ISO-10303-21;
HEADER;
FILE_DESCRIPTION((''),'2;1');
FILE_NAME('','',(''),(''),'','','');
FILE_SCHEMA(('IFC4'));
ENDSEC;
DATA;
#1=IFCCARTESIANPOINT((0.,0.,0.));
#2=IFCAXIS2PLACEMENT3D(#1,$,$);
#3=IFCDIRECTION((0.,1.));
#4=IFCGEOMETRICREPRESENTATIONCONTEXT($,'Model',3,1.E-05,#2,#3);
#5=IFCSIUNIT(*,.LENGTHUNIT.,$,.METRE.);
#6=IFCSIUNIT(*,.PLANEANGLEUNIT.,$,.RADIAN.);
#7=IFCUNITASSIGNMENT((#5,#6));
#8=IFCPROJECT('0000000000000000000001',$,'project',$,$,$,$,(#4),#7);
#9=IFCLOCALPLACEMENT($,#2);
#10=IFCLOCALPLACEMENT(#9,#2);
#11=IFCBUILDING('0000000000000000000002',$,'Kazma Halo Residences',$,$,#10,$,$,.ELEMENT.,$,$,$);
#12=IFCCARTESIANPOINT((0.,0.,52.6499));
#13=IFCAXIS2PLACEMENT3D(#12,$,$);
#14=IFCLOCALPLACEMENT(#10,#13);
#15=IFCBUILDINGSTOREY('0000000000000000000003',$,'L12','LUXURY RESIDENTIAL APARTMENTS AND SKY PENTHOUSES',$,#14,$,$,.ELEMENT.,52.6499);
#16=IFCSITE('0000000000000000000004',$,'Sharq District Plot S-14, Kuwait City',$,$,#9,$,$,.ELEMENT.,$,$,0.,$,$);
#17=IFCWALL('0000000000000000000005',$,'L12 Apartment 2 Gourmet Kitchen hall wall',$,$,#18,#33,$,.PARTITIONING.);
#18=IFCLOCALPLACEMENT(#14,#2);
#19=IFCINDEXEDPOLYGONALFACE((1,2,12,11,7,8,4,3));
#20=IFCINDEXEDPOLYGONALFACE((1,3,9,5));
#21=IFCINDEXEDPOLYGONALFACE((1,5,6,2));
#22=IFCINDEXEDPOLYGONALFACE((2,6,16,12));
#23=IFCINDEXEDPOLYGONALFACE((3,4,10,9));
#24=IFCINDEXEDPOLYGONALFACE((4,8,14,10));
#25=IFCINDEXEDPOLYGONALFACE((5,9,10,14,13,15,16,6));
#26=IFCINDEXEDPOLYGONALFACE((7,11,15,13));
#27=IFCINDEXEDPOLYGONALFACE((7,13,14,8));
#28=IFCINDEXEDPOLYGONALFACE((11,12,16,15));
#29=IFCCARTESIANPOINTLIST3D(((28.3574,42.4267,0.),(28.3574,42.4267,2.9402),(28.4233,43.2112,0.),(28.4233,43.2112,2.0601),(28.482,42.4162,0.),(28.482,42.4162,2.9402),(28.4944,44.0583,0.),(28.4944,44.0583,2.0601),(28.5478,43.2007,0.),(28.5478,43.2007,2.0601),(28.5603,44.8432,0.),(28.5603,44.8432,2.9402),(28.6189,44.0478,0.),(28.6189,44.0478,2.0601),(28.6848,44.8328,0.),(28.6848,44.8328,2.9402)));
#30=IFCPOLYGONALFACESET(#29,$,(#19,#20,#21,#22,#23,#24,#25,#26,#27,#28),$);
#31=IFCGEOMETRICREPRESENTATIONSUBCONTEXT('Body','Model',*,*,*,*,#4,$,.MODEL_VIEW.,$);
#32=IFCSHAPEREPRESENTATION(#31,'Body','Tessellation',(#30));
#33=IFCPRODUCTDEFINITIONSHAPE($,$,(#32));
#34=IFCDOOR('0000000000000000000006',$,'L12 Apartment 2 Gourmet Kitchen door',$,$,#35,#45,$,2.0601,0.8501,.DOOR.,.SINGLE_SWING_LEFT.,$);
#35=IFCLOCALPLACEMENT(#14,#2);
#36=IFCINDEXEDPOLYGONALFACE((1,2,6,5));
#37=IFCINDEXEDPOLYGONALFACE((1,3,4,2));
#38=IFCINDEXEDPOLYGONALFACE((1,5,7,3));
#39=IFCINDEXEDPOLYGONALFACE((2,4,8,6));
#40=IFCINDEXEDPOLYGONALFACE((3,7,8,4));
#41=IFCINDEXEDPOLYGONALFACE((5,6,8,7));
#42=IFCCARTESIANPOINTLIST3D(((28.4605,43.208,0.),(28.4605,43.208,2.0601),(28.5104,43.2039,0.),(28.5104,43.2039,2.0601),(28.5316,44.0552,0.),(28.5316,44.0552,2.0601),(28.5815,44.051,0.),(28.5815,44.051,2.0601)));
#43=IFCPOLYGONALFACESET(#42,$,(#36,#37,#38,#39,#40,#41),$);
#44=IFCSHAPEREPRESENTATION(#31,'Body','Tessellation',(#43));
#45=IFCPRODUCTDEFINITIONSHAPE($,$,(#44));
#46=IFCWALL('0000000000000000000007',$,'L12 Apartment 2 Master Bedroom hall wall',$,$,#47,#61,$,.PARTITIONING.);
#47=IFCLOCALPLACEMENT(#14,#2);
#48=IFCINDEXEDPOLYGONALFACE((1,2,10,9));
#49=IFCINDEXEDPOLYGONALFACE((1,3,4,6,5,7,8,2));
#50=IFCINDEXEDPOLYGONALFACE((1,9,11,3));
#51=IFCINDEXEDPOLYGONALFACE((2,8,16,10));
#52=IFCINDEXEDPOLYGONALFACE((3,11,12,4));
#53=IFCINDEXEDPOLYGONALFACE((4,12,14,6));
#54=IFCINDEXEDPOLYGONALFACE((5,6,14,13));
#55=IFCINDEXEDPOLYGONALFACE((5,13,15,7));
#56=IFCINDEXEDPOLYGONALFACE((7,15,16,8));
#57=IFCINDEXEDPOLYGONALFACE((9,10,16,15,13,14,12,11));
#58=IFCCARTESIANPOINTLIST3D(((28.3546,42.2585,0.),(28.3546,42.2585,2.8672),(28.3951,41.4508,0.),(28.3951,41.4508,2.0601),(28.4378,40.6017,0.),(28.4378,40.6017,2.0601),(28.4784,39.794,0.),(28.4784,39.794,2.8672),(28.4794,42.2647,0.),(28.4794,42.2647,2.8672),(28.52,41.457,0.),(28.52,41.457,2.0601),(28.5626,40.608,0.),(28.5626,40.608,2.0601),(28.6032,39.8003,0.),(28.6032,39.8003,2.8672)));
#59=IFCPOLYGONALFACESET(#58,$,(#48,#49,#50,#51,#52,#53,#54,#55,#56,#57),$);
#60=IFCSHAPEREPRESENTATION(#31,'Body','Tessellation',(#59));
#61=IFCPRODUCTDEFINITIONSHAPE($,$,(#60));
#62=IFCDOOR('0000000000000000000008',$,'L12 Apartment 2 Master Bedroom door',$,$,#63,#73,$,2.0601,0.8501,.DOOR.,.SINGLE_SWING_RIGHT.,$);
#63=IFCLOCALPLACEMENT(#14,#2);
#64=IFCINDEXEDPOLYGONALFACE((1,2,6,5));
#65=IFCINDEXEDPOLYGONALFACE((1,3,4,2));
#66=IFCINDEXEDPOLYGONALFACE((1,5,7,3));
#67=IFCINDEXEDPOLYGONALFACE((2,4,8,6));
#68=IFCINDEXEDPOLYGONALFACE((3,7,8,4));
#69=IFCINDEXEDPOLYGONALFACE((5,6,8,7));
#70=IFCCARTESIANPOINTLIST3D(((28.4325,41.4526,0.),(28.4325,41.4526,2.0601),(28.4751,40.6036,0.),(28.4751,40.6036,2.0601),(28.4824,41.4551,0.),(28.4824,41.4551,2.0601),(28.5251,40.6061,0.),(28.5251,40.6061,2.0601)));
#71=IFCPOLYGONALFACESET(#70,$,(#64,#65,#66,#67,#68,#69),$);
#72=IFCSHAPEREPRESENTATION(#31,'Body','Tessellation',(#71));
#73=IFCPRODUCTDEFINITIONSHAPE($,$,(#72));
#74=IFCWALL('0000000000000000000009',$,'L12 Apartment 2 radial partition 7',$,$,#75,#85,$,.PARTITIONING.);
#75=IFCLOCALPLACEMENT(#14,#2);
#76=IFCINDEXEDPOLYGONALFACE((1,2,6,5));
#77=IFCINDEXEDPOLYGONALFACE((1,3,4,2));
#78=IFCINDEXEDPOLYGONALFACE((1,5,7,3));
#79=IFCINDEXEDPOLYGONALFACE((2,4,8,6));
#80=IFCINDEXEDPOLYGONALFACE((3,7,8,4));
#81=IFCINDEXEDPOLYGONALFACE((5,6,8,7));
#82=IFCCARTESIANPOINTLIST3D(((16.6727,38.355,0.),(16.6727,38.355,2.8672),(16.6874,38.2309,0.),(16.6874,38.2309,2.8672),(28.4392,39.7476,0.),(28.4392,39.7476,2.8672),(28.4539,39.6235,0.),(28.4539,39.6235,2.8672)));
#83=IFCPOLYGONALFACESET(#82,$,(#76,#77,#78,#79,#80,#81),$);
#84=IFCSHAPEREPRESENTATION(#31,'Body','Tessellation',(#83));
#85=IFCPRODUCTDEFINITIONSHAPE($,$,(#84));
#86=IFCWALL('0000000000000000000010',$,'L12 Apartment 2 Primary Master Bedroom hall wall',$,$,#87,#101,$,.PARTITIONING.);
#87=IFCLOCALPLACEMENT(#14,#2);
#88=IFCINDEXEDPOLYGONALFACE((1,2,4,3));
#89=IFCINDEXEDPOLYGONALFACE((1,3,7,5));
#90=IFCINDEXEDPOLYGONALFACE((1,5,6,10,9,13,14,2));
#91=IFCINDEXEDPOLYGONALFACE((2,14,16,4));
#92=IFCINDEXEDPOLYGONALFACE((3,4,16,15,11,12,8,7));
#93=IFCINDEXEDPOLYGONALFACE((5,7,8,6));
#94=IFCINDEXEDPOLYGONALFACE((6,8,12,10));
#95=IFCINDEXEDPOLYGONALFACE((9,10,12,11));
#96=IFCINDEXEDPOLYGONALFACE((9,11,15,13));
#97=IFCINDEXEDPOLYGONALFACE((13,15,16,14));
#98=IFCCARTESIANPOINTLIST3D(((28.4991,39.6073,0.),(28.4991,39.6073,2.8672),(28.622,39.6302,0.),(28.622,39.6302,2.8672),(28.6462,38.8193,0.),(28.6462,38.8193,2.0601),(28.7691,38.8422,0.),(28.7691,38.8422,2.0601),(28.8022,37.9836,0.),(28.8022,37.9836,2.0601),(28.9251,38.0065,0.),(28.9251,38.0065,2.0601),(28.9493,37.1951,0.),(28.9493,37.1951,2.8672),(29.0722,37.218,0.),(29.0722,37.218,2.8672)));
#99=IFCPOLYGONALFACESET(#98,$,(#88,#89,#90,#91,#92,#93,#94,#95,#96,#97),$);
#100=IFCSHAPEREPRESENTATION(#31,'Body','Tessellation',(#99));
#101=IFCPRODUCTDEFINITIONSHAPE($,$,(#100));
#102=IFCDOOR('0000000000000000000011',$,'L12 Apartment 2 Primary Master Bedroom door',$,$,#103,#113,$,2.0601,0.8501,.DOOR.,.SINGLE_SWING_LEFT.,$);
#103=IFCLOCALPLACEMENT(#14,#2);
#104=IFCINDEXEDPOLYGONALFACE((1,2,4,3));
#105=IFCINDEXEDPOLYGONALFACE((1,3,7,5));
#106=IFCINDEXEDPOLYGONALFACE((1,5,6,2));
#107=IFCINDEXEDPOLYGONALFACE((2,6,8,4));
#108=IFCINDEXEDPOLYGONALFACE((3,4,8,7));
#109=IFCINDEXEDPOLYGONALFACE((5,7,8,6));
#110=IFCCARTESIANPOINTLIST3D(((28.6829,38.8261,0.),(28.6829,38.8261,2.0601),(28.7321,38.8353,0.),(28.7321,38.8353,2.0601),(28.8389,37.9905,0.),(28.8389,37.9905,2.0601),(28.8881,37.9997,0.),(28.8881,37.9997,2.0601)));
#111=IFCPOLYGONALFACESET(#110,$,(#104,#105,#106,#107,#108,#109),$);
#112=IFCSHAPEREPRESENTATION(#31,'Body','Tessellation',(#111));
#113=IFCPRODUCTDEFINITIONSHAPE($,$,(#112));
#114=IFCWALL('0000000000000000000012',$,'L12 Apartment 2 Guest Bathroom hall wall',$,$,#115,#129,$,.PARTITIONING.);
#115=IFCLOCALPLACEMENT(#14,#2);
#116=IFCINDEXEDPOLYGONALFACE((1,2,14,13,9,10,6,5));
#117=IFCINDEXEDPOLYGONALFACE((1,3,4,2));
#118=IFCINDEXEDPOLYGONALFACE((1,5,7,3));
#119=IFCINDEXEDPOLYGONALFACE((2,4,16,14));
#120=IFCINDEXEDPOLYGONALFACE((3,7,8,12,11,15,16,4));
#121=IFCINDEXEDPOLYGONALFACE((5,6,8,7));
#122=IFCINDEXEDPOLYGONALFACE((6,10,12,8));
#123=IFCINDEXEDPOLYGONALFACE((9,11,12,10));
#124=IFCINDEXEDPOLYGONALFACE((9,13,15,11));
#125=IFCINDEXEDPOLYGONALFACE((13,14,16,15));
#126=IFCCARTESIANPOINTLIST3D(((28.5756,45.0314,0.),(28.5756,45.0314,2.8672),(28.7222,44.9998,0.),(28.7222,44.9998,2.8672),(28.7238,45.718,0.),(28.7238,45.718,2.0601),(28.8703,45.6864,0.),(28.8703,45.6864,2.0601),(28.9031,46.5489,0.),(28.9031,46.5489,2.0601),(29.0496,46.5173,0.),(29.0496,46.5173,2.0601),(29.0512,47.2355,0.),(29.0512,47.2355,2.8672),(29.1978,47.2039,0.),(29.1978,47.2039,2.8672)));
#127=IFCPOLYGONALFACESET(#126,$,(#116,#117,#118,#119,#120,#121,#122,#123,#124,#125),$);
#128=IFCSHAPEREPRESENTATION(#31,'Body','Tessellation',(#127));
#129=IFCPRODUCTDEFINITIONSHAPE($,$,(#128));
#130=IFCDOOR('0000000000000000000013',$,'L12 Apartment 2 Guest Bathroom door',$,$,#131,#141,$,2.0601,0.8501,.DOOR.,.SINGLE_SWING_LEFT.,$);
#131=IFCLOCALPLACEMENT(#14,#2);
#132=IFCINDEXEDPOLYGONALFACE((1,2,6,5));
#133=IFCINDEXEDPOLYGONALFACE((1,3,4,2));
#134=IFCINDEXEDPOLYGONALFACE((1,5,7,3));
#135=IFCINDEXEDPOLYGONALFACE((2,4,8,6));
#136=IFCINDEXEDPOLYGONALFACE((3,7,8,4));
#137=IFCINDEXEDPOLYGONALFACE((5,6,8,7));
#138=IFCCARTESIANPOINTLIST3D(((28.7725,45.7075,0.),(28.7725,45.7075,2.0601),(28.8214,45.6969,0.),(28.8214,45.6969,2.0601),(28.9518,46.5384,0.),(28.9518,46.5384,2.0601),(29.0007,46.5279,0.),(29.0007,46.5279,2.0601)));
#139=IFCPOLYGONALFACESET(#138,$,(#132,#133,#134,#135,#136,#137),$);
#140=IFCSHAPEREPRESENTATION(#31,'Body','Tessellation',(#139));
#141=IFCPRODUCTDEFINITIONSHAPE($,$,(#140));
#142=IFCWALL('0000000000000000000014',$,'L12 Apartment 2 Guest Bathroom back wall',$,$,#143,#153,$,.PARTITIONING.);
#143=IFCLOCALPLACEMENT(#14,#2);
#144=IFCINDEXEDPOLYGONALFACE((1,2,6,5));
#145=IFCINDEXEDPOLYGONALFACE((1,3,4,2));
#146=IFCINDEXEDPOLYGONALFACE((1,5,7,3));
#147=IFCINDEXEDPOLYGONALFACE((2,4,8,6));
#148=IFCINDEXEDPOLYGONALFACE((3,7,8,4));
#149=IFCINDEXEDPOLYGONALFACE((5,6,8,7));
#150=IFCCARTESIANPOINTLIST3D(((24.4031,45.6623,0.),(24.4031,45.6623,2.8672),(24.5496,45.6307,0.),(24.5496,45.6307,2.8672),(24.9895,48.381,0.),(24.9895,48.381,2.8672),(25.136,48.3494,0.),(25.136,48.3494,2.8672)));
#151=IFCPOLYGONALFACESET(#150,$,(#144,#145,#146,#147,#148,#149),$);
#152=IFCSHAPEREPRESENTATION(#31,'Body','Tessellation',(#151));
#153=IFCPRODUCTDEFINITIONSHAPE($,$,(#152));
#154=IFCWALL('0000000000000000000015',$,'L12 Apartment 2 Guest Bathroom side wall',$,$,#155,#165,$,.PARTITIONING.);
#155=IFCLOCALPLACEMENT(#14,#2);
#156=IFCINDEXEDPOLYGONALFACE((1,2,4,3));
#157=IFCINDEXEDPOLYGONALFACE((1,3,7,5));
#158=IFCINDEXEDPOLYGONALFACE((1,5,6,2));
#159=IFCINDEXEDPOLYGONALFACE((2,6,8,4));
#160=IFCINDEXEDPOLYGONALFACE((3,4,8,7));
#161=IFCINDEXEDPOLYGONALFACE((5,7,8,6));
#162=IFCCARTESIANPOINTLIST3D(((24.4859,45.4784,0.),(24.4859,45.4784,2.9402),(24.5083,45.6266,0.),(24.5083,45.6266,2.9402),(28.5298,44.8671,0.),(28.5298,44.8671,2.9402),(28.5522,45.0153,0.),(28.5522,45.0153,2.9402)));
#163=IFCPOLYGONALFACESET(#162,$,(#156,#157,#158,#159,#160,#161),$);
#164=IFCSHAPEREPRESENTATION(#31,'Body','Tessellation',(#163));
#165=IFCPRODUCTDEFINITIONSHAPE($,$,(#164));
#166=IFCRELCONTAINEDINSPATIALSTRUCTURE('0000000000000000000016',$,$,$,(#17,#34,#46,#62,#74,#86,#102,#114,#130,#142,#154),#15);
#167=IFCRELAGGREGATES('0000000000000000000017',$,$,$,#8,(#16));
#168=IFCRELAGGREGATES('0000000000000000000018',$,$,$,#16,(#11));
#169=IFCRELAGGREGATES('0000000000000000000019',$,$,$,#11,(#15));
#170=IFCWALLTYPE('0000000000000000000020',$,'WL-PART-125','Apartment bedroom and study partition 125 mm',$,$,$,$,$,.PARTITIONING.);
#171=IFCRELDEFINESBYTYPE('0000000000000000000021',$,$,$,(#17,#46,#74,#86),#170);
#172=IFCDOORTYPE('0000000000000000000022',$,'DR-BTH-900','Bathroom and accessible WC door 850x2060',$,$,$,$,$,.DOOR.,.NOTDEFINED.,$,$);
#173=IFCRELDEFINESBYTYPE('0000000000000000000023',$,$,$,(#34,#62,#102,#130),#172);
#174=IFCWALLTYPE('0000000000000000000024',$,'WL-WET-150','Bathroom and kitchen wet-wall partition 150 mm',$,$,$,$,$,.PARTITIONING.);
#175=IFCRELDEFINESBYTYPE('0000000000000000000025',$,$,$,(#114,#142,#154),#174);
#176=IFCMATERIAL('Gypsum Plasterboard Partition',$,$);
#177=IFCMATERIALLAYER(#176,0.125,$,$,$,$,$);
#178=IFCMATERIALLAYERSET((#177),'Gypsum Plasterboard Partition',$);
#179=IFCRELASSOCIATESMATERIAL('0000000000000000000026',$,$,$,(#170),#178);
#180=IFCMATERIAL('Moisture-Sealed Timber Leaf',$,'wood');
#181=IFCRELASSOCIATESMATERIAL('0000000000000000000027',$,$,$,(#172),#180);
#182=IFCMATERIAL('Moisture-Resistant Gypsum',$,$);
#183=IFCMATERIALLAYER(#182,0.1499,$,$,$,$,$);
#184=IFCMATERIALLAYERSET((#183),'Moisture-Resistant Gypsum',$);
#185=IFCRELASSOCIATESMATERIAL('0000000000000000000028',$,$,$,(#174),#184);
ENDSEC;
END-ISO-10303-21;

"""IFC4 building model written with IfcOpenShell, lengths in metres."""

from ifc_helpers import new_model, si_unit, direction, frame, frame_2d, origin, place, context, subcontext, project, spatial, rectangle, extrude, material, layer, layer_set, type_object, element, fill, save


model = new_model("IFC4")

# Units and contexts
model_context = context("Model", 3, precision=1e-05, world=origin(), true_north=direction((0.0, 1.0)))
body_context = subcontext(model_context, "Body", "Model", "MODEL_VIEW")
ifc_project = project(units=[si_unit("LENGTHUNIT", "METRE"), si_unit("PLANEANGLEUNIT", "RADIAN")], contexts=[model_context])

# Site, building, storey
site_placement = place(None, origin())
site = spatial("IfcSite", under=ifc_project, at=site_placement, Name="Sharq District Plot S-14, Kuwait City", CompositionType="ELEMENT", RefElevation=0.0)
building_placement = place(site_placement, origin())
building = spatial("IfcBuilding", under=site, at=building_placement, Name="Kazma Halo Residences", CompositionType="ELEMENT")
storey_placement = place(building_placement, frame((0.0, 0.0, 52.6499)))
storey = spatial("IfcBuildingStorey", under=building, at=storey_placement, Name="L12", Description="LUXURY RESIDENTIAL APARTMENTS AND SKY PENTHOUSES", CompositionType="ELEMENT", Elevation=52.6499)

# Shared definitions
ifc_material_1 = material(Name="Gypsum Plasterboard Partition")
ifc_layer_1 = layer(ifc_material_1, 0.125)
ifc_layer_set_1 = layer_set([ifc_layer_1], Name="Gypsum Plasterboard Partition")
wall_type_1 = type_object("IfcWallType", Name="WL-PART-125", Description="Apartment bedroom and study partition 125 mm", PredefinedType="PARTITIONING", material=ifc_layer_set_1)

# Shared definitions
ifc_material_2 = material(Name="Moisture-Sealed Timber Leaf", Category="wood")
door_type = type_object("IfcDoorType", Name="DR-BTH-900", Description="Bathroom and accessible WC door 850x2060", OperationType="NOTDEFINED", PredefinedType="DOOR", material=ifc_material_2)

# Walls, openings, doors
wall_1_placement = place(storey_placement, frame((28.6226, 44.8379, 0.0), z_axis=(0.0, 0.0, 1.0), x_axis=(-0.083662, -0.996494, 0.0)))
wall_1 = element("IfcWall", 1, at=wall_1_placement, inside=storey, type_object=wall_type_1, Name="L12 Apartment 2 Gourmet Kitchen hall wall", PredefinedType="PARTITIONING", context=body_context, shape_type="SweptSolid", body=[
    extrude(rectangle(XDim=2.425, YDim=0.125, at=frame_2d((1.2124, 0.0))), origin(), (0.0, 0.0, 1.0), 2.9402),
])
opening_1_placement = place(wall_1_placement, frame((0.7876, 0.0, 0.0)))
opening_1 = element("IfcOpeningElement", 2, at=opening_1_placement, cuts=wall_1, PredefinedType="OPENING", context=body_context, shape_type="SweptSolid", body=[
    extrude(rectangle(XDim=0.8501, YDim=2.0601, at=frame_2d((0.425, 1.03))), frame((0.0, 0.0725, 0.0), z_axis=(0.0, -1.0, 0.0), x_axis=(1.0, 0.0, 0.0)), (0.0, 0.0, 1.0), 0.145),
])
door_1_placement = place(opening_1_placement, origin())
door_1 = element("IfcDoor", 3, at=door_1_placement, inside=storey, type_object=door_type, Name="L12 Apartment 2 Gourmet Kitchen door", OperationType="SINGLE_SWING_LEFT", OverallHeight=2.0601, OverallWidth=0.8501, PredefinedType="DOOR", context=body_context, shape_type="SweptSolid", body=[
    extrude(rectangle(XDim=0.8501, YDim=2.0601, at=frame_2d((0.425, 1.03))), frame((0.0, 0.0249, 0.0), z_axis=(0.0, -1.0, 0.0), x_axis=(1.0, 0.0, 0.0)), (0.0, 0.0, 1.0), 0.05),
])
fill(opening_1, door_1)
wall_2_placement = place(storey_placement, frame((28.417, 42.2617, 0.0), z_axis=(0.0, 0.0, 1.0), x_axis=(0.050165, -0.998741, 0.0)))
wall_2 = element("IfcWall", 4, at=wall_2_placement, inside=storey, type_object=wall_type_1, Name="L12 Apartment 2 Master Bedroom hall wall", PredefinedType="PARTITIONING", context=body_context, shape_type="SweptSolid", body=[
    extrude(rectangle(XDim=2.4675, YDim=0.125, at=frame_2d((1.2339, 0.0))), origin(), (0.0, 0.0, 1.0), 2.8672),
])
opening_2_placement = place(wall_2_placement, frame((0.8088, 0.0, 0.0)))
opening_2 = element("IfcOpeningElement", 5, at=opening_2_placement, cuts=wall_2, PredefinedType="OPENING", context=body_context, shape_type="SweptSolid", body=[
    extrude(rectangle(XDim=0.8501, YDim=2.0601, at=frame_2d((0.425, 1.03))), frame((0.0, 0.0725, 0.0), z_axis=(0.0, -1.0, 0.0), x_axis=(1.0, 0.0, 0.0)), (0.0, 0.0, 1.0), 0.145),
])
door_2_placement = place(opening_2_placement, origin())
door_2 = element("IfcDoor", 6, at=door_2_placement, inside=storey, type_object=door_type, Name="L12 Apartment 2 Master Bedroom door", OperationType="SINGLE_SWING_RIGHT", OverallHeight=2.0601, OverallWidth=0.8501, PredefinedType="DOOR", context=body_context, shape_type="SweptSolid", body=[
    extrude(rectangle(XDim=0.8501, YDim=2.0601, at=frame_2d((0.425, 1.03))), frame((0.0, 0.0249, 0.0), z_axis=(0.0, -1.0, 0.0), x_axis=(1.0, 0.0, 0.0)), (0.0, 0.0, 1.0), 0.05),
])
fill(opening_2, door_2)

# Wall
wall_3_placement = place(storey_placement, frame((28.4465, 39.6855, 0.0), z_axis=(0.0, 0.0, 1.0), x_axis=(-0.993069, -0.11753, 0.0)))
element("IfcWall", 7, at=wall_3_placement, inside=storey, type_object=wall_type_1, Name="L12 Apartment 2 radial partition 7", PredefinedType="PARTITIONING", context=body_context, shape_type="SweptSolid", body=[
    extrude(rectangle(XDim=11.8486, YDim=0.125, at=frame_2d((5.9243, 0.0))), origin(), (0.0, 0.0, 1.0), 2.8672),
])

# Walls, openings, doors
wall_4_placement = place(storey_placement, frame((28.5605, 39.6189, 0.0), z_axis=(0.0, 0.0, 1.0), x_axis=(0.183471, -0.983025, 0.0)))
wall_4 = element("IfcWall", 8, at=wall_4_placement, inside=storey, type_object=wall_type_1, Name="L12 Apartment 2 Primary Master Bedroom hall wall", PredefinedType="PARTITIONING", context=body_context, shape_type="SweptSolid", body=[
    extrude(rectangle(XDim=2.4539, YDim=0.125, at=frame_2d((1.2271, 0.0))), origin(), (0.0, 0.0, 1.0), 2.8672),
])
opening_3_placement = place(wall_4_placement, frame((0.8018, 0.0, 0.0)))
opening_3 = element("IfcOpeningElement", 9, at=opening_3_placement, cuts=wall_4, PredefinedType="OPENING", context=body_context, shape_type="SweptSolid", body=[
    extrude(rectangle(XDim=0.8501, YDim=2.0601, at=frame_2d((0.425, 1.03))), frame((0.0, 0.0725, 0.0), z_axis=(0.0, -1.0, 0.0), x_axis=(1.0, 0.0, 0.0)), (0.0, 0.0, 1.0), 0.145),
])
door_3_placement = place(opening_3_placement, origin())
door_3 = element("IfcDoor", 10, at=door_3_placement, inside=storey, type_object=door_type, Name="L12 Apartment 2 Primary Master Bedroom door", OperationType="SINGLE_SWING_LEFT", OverallHeight=2.0601, OverallWidth=0.8501, PredefinedType="DOOR", context=body_context, shape_type="SweptSolid", body=[
    extrude(rectangle(XDim=0.8501, YDim=2.0601, at=frame_2d((0.425, 1.03))), frame((0.0, 0.0249, 0.0), z_axis=(0.0, -1.0, 0.0), x_axis=(1.0, 0.0, 0.0)), (0.0, 0.0, 1.0), 0.05),
])
fill(opening_3, door_3)
ifc_material_3 = material(Name="Moisture-Resistant Gypsum")
ifc_layer_2 = layer(ifc_material_3, 0.1499)
ifc_layer_set_2 = layer_set([ifc_layer_2], Name="Moisture-Resistant Gypsum")
wall_type_2 = type_object("IfcWallType", Name="WL-WET-150", Description="Bathroom and kitchen wet-wall partition 150 mm", PredefinedType="PARTITIONING", material=ifc_layer_set_2)
wall_5_placement = place(storey_placement, frame((29.1245, 47.2197, 0.0), z_axis=(0.0, 0.0, 1.0), x_axis=(-0.210919, -0.977504, 0.0)))
wall_5 = element("IfcWall", 11, at=wall_5_placement, inside=storey, type_object=wall_type_2, Name="L12 Apartment 2 Guest Bathroom hall wall", PredefinedType="PARTITIONING", context=body_context, shape_type="SweptSolid", body=[
    extrude(rectangle(XDim=2.2549, YDim=0.1499, at=frame_2d((1.1274, 0.0))), origin(), (0.0, 0.0, 1.0), 2.8672),
])
opening_4_placement = place(wall_5_placement, frame((0.7024, 0.0, 0.0)))
opening_4 = element("IfcOpeningElement", 12, at=opening_4_placement, cuts=wall_5, PredefinedType="OPENING", context=body_context, shape_type="SweptSolid", body=[
    extrude(rectangle(XDim=0.8501, YDim=2.0601, at=frame_2d((0.425, 1.03))), frame((0.0, 0.085, 0.0), z_axis=(0.0, -1.0, 0.0), x_axis=(1.0, 0.0, 0.0)), (0.0, 0.0, 1.0), 0.1699),
])
door_4_placement = place(opening_4_placement, origin())
door_4 = element("IfcDoor", 13, at=door_4_placement, inside=storey, type_object=door_type, Name="L12 Apartment 2 Guest Bathroom door", OperationType="SINGLE_SWING_LEFT", OverallHeight=2.0601, OverallWidth=0.8501, PredefinedType="DOOR", context=body_context, shape_type="SweptSolid", body=[
    extrude(rectangle(XDim=0.8501, YDim=2.0601, at=frame_2d((0.425, 1.03))), frame((0.0, 0.0249, 0.0), z_axis=(0.0, -1.0, 0.0), x_axis=(1.0, 0.0, 0.0)), (0.0, 0.0, 1.0), 0.05),
])
fill(opening_4, door_4)

# Walls
wall_6_placement = place(storey_placement, frame((25.0627, 48.3652, 0.0), z_axis=(0.0, 0.0, 1.0), x_axis=(-0.210848, -0.977519, 0.0)))
element("IfcWall", 14, at=wall_6_placement, inside=storey, type_object=wall_type_2, Name="L12 Apartment 2 Guest Bathroom back wall", PredefinedType="PARTITIONING", context=body_context, shape_type="SweptSolid", body=[
    extrude(rectangle(XDim=2.7812, YDim=0.1499, at=frame_2d((1.3906, 0.0))), origin(), (0.0, 0.0, 1.0), 2.8672),
])
wall_7_placement = place(storey_placement, frame((28.541, 44.9412, 0.0), z_axis=(0.0, 0.0, 1.0), x_axis=(-0.988766, 0.149473, 0.0)))
element("IfcWall", 15, at=wall_7_placement, inside=storey, type_object=wall_type_2, Name="L12 Apartment 2 Guest Bathroom side wall", PredefinedType="PARTITIONING", context=body_context, shape_type="SweptSolid", body=[
    extrude(rectangle(XDim=4.0898, YDim=0.1499, at=frame_2d((2.0449, 0.0))), origin(), (0.0, 0.0, 1.0), 2.9402),
])

save(model, "model.ifc")
